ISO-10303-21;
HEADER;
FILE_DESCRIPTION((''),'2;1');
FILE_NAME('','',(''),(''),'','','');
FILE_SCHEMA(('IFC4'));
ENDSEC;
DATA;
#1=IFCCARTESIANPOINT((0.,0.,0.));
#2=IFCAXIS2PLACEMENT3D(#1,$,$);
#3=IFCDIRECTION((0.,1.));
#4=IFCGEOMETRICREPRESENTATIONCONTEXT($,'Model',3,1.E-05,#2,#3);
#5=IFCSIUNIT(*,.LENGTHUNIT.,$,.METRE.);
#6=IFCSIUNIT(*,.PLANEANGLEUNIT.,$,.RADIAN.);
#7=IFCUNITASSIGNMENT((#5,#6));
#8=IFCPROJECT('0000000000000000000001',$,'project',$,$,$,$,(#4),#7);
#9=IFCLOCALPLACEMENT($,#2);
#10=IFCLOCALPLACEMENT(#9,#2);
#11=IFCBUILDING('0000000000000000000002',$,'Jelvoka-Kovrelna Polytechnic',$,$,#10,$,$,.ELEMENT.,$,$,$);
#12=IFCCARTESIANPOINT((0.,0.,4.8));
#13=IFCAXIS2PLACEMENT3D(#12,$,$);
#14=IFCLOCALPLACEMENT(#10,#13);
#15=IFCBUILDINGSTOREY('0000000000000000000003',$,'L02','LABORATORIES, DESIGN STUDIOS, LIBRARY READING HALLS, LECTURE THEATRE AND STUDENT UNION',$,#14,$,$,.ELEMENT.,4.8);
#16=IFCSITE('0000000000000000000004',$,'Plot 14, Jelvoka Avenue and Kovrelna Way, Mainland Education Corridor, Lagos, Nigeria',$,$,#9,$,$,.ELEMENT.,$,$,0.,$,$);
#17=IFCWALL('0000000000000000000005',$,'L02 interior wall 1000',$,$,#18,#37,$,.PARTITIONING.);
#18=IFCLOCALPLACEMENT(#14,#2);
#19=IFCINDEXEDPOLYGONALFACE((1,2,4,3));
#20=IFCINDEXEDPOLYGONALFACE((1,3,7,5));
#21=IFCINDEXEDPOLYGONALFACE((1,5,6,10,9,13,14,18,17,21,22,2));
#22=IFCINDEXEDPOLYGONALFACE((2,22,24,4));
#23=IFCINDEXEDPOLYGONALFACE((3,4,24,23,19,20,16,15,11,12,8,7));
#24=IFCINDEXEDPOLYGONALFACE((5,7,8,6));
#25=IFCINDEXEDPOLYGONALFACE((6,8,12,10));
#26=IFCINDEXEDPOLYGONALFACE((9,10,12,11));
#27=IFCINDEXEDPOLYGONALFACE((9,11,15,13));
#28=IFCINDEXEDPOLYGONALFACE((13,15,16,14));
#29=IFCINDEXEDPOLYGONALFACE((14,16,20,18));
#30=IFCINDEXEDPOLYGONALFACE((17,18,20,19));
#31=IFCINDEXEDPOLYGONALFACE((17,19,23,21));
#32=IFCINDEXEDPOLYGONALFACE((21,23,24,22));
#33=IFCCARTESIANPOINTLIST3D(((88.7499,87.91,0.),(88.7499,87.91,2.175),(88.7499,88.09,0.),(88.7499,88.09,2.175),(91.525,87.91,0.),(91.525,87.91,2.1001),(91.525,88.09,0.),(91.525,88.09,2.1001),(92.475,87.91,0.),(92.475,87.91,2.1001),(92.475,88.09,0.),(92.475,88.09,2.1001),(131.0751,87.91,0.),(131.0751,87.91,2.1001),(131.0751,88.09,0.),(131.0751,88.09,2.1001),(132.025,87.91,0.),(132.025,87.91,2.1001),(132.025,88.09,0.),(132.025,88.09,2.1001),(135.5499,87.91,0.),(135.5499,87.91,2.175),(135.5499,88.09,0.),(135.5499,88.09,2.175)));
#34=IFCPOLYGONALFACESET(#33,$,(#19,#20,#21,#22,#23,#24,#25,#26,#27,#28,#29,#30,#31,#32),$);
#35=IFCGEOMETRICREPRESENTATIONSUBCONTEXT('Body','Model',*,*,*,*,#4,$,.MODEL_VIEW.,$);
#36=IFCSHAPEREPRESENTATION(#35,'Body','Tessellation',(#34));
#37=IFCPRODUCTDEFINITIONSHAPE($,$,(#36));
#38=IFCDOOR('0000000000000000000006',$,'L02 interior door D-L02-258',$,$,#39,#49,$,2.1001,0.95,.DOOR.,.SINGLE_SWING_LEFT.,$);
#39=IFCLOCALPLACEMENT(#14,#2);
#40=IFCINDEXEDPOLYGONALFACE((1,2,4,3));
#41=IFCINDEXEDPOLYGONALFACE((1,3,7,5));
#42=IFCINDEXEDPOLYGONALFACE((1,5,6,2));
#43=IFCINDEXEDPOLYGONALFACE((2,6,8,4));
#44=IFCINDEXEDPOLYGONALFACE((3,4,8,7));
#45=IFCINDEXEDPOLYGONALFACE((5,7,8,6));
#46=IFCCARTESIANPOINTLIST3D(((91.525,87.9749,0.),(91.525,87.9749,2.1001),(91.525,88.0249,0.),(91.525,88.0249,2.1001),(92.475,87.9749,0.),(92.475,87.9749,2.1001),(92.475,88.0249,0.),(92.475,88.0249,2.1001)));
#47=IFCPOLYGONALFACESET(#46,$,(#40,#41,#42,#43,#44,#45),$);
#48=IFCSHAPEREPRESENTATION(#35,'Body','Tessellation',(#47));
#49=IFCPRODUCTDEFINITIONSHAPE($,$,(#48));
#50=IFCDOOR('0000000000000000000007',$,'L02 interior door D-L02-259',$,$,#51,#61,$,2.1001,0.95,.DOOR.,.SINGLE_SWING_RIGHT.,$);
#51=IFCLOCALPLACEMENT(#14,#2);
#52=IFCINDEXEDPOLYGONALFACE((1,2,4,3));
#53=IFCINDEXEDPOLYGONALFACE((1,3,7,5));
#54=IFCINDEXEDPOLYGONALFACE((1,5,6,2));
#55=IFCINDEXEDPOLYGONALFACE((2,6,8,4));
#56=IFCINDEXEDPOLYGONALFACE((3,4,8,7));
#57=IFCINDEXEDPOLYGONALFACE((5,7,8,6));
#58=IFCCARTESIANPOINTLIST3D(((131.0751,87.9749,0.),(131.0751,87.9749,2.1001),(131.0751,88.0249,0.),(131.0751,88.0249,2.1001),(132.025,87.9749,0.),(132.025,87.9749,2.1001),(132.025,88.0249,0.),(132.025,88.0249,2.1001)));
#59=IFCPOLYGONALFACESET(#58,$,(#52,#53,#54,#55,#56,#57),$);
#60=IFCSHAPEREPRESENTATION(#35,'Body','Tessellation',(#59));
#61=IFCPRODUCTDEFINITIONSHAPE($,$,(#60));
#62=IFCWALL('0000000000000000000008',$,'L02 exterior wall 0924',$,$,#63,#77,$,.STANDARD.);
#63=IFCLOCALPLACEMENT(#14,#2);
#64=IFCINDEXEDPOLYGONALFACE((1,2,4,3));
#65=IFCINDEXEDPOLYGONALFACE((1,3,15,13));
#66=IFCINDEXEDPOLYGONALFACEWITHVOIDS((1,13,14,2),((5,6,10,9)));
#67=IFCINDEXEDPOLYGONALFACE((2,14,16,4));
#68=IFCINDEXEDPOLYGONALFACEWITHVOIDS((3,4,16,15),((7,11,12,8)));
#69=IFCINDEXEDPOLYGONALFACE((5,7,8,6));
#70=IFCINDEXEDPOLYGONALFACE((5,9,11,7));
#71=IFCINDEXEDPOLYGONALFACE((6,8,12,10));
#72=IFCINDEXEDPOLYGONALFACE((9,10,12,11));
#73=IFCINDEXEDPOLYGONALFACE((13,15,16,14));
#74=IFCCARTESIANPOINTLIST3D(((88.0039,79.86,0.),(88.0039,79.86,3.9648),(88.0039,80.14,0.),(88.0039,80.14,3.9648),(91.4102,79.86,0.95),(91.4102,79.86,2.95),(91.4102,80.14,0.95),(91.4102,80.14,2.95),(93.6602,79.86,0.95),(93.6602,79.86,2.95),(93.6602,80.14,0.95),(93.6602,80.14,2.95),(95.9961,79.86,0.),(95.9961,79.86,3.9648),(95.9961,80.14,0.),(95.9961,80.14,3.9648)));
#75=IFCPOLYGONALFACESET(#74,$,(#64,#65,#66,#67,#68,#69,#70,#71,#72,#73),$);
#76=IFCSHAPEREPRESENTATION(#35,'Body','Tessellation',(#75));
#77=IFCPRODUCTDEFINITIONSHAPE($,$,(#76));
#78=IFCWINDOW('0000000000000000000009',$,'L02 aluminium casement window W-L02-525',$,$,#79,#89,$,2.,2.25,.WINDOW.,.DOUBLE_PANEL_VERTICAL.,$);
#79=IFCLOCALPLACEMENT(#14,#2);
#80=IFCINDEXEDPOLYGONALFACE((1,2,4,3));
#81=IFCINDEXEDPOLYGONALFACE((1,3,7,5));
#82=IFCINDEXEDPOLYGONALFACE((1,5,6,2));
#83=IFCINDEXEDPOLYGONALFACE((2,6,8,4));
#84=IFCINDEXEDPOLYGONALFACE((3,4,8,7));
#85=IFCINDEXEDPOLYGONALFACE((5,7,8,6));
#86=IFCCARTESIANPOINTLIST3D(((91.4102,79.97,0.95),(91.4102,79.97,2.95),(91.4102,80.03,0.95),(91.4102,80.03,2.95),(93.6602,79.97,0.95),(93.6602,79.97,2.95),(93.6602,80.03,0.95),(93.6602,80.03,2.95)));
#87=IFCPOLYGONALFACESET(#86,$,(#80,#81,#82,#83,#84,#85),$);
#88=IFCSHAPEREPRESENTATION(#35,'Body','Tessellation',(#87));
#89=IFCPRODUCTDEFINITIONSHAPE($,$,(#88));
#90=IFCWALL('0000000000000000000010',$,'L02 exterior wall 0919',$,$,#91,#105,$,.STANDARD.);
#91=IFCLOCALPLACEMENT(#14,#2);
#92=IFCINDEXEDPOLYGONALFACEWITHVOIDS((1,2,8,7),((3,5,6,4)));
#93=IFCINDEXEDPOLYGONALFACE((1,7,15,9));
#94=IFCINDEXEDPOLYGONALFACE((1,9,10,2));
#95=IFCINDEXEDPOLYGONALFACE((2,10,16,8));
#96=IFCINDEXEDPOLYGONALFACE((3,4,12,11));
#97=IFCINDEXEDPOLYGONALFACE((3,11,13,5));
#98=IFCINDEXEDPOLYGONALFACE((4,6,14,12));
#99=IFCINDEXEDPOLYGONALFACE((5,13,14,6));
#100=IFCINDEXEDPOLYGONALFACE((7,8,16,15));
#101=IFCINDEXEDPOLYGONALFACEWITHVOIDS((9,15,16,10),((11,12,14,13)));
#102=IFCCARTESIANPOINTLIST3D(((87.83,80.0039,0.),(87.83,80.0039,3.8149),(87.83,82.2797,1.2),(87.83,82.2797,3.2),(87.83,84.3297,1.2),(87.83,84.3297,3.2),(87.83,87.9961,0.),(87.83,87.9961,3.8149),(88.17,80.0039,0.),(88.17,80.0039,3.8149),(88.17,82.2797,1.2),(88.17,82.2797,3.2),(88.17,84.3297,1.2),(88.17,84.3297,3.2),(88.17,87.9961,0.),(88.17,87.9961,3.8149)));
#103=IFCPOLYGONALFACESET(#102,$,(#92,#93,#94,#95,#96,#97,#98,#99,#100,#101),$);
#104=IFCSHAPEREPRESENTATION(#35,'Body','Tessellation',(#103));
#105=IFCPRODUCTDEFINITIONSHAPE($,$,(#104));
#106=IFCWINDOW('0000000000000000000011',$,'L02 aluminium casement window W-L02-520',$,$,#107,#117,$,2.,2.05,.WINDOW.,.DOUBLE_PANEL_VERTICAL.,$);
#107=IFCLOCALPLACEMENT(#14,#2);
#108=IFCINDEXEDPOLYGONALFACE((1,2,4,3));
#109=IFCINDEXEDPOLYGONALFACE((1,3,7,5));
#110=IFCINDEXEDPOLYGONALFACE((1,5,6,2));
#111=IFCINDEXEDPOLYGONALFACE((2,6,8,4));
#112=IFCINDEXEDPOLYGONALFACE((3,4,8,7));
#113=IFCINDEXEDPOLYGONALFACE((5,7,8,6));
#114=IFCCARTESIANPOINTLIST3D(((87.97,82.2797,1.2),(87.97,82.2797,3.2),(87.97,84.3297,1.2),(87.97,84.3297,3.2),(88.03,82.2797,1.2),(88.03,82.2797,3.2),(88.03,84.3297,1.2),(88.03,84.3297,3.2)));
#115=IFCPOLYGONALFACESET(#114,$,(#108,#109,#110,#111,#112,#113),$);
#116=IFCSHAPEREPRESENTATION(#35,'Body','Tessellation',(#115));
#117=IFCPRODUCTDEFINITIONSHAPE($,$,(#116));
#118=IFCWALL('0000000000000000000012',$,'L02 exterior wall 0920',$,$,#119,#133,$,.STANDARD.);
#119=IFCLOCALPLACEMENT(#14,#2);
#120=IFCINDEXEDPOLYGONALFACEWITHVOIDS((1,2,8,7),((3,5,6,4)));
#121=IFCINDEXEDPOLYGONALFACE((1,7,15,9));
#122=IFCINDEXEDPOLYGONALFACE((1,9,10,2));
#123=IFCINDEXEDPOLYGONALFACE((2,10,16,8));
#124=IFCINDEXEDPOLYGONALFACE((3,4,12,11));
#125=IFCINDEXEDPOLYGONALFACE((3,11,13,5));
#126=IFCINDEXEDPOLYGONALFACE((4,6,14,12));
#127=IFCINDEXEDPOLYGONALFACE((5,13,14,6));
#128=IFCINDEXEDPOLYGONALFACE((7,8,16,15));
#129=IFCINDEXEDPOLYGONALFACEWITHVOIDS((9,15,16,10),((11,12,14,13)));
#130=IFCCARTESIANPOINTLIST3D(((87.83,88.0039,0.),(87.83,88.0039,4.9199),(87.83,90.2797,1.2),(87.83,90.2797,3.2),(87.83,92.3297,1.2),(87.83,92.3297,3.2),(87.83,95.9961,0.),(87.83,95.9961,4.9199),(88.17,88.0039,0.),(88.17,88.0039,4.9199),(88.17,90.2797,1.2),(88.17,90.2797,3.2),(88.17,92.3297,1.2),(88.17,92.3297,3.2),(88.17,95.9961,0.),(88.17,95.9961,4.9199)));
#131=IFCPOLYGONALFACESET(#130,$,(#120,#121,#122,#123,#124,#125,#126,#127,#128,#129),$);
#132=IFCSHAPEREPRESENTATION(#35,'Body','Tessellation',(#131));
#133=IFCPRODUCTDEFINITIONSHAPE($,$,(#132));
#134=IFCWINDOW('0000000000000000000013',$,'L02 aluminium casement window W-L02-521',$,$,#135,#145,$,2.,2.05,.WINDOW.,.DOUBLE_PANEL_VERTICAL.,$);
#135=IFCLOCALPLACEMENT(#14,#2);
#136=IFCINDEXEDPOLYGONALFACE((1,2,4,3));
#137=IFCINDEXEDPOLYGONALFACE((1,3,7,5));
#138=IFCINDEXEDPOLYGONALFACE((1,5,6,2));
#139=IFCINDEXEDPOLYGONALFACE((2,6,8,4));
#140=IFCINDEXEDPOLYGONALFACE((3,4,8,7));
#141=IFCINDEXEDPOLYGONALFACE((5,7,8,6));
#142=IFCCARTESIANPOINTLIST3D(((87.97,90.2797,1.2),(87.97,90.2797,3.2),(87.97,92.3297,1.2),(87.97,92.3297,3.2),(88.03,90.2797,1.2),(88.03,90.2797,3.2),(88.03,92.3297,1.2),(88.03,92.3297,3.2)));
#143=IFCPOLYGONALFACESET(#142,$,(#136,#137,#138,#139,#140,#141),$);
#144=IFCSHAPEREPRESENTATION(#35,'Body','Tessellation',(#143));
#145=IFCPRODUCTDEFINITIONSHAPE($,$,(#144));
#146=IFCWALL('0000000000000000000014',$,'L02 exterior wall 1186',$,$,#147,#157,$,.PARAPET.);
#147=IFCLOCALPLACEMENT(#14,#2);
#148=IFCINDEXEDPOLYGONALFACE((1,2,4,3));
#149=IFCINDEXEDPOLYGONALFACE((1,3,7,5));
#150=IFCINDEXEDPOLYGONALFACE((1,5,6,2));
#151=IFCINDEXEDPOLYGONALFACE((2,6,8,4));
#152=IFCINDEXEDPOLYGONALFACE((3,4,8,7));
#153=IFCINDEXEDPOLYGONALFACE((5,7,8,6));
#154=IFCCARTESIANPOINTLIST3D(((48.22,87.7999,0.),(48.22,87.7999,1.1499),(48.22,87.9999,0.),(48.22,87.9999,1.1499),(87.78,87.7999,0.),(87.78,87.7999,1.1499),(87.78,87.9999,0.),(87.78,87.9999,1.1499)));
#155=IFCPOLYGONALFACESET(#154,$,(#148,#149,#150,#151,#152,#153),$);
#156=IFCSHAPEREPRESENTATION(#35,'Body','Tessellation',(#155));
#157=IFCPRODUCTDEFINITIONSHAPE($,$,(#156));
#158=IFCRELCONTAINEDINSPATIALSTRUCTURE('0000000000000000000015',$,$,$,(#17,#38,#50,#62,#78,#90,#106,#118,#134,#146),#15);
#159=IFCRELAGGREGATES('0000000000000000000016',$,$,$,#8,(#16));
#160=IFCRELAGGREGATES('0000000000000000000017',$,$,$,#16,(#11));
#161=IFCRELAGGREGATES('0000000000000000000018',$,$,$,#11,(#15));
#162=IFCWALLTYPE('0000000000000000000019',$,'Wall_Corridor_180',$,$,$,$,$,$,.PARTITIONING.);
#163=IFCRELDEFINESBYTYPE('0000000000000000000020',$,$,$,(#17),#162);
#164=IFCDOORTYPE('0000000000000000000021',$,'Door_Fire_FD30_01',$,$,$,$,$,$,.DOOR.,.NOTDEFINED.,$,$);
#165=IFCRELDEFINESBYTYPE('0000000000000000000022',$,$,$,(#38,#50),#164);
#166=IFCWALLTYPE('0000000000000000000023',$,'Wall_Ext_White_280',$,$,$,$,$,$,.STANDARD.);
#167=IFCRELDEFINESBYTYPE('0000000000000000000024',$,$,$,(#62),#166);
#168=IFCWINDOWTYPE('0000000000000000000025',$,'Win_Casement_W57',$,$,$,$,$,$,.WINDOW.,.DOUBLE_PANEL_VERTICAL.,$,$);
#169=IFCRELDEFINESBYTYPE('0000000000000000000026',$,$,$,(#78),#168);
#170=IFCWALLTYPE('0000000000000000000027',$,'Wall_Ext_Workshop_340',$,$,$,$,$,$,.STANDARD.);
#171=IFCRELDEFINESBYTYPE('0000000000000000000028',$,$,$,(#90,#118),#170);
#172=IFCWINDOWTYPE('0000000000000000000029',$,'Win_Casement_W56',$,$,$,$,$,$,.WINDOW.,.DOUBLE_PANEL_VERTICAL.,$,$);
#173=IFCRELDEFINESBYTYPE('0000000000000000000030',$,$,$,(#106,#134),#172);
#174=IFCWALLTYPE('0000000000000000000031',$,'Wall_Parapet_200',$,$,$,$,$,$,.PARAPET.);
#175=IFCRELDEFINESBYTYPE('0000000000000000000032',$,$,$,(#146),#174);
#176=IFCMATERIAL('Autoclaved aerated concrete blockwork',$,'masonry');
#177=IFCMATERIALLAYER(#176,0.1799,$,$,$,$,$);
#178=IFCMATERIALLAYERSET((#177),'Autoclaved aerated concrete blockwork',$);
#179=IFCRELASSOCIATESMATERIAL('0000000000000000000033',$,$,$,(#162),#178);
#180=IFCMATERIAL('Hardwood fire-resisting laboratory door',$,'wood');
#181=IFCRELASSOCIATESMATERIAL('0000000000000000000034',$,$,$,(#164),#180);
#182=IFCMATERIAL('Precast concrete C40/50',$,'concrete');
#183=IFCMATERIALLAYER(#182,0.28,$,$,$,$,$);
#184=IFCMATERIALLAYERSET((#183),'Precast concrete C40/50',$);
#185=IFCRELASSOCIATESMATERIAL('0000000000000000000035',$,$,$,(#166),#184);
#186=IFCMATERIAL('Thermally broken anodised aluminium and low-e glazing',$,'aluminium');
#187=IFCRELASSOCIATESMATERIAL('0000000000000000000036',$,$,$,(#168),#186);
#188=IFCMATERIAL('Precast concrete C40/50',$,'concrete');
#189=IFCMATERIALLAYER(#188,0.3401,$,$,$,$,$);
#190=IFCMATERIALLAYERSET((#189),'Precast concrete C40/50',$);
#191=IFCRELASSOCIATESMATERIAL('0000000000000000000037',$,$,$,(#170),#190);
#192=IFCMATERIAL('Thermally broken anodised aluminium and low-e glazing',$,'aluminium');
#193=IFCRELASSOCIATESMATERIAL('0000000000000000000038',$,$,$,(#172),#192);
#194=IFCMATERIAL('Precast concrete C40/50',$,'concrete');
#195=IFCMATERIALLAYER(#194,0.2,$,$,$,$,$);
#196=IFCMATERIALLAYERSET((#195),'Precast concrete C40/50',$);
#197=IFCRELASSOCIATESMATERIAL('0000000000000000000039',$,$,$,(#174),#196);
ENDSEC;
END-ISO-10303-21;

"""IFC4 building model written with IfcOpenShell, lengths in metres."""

from ifc_helpers import new_model, si_unit, direction, frame, frame_2d, origin, place, context, subcontext, project, spatial, rectangle, extrude, material, layer, layer_set, type_object, element, fill, save


model = new_model("IFC4")

# Units and contexts
model_context = context("Model", 3, precision=1e-05, world=origin(), true_north=direction((0.0, 1.0)))
body_context = subcontext(model_context, "Body", "Model", "MODEL_VIEW")
ifc_project = project(units=[si_unit("LENGTHUNIT", "METRE"), si_unit("PLANEANGLEUNIT", "RADIAN")], contexts=[model_context])

# Site, building, storey
site_placement = place(None, origin())
site = spatial("IfcSite", under=ifc_project, at=site_placement, Name="Plot 14, Jelvoka Avenue and Kovrelna Way, Mainland Education Corridor, Lagos, Nigeria", CompositionType="ELEMENT", RefElevation=0.0)
building_placement = place(site_placement, origin())
building = spatial("IfcBuilding", under=site, at=building_placement, Name="Jelvoka-Kovrelna Polytechnic", CompositionType="ELEMENT")
storey_placement = place(building_placement, frame((0.0, 0.0, 4.8)))
storey = spatial("IfcBuildingStorey", under=building, at=storey_placement, Name="L02", Description="LABORATORIES, DESIGN STUDIOS, LIBRARY READING HALLS, LECTURE THEATRE AND STUDENT UNION", CompositionType="ELEMENT", Elevation=4.8)

# Wall, openings, doors
ifc_material_1 = material(Name="Autoclaved aerated concrete blockwork", Category="masonry")
ifc_layer_1 = layer(ifc_material_1, 0.1799)
ifc_layer_set_1 = layer_set([ifc_layer_1], Name="Autoclaved aerated concrete blockwork")
wall_type_1 = type_object("IfcWallType", Name="Wall_Corridor_180", PredefinedType="PARTITIONING", material=ifc_layer_set_1)
wall_1_placement = place(storey_placement, frame((88.75, 88.0, 0.0), z_axis=(0.0, 0.0, 1.0), x_axis=(1.0, 0.0, 0.0)))
wall_1 = element("IfcWall", 1, at=wall_1_placement, inside=storey, type_object=wall_type_1, Name="L02 interior wall 1000", PredefinedType="PARTITIONING", context=body_context, shape_type="SweptSolid", body=[
    extrude(rectangle(XDim=46.8, YDim=0.1799, at=frame_2d((23.3999, 0.0))), origin(), (0.0, 0.0, 1.0), 2.175),
])
opening_1_placement = place(wall_1_placement, frame((2.7749, 0.0, 0.0)))
opening_1 = element("IfcOpeningElement", 2, at=opening_1_placement, cuts=wall_1, PredefinedType="OPENING", context=body_context, shape_type="SweptSolid", body=[
    extrude(rectangle(XDim=0.95, YDim=2.1001, at=frame_2d((0.4751, 1.05))), frame((0.0, 0.0999, 0.0), z_axis=(0.0, -1.0, 0.0), x_axis=(1.0, 0.0, 0.0)), (0.0, 0.0, 1.0), 0.2),
])
opening_2_placement = place(wall_1_placement, frame((42.325, 0.0, 0.0)))
opening_2 = element("IfcOpeningElement", 3, at=opening_2_placement, cuts=wall_1, PredefinedType="OPENING", context=body_context, shape_type="SweptSolid", body=[
    extrude(rectangle(XDim=0.95, YDim=2.1001, at=frame_2d((0.4751, 1.05))), frame((0.0, 0.0999, 0.0), z_axis=(0.0, -1.0, 0.0), x_axis=(1.0, 0.0, 0.0)), (0.0, 0.0, 1.0), 0.2),
])
ifc_material_2 = material(Name="Hardwood fire-resisting laboratory door", Category="wood")
door_type_1 = type_object("IfcDoorType", Name="Door_Fire_FD30_01", OperationType="NOTDEFINED", PredefinedType="DOOR", material=ifc_material_2)
door_1_placement = place(opening_1_placement, origin())
door_1 = element("IfcDoor", 4, at=door_1_placement, inside=storey, type_object=door_type_1, Name="L02 interior door D-L02-258", OperationType="SINGLE_SWING_LEFT", OverallHeight=2.1001, OverallWidth=0.95, PredefinedType="DOOR", context=body_context, shape_type="SweptSolid", body=[
    extrude(rectangle(XDim=0.95, YDim=2.1001, at=frame_2d((0.4751, 1.05))), frame((0.0, 0.0249, 0.0), z_axis=(0.0, -1.0, 0.0), x_axis=(1.0, 0.0, 0.0)), (0.0, 0.0, 1.0), 0.05),
])
fill(opening_1, door_1)
door_2_placement = place(opening_2_placement, origin())
door_2 = element("IfcDoor", 5, at=door_2_placement, inside=storey, type_object=door_type_1, Name="L02 interior door D-L02-259", OperationType="SINGLE_SWING_RIGHT", OverallHeight=2.1001, OverallWidth=0.95, PredefinedType="DOOR", context=body_context, shape_type="SweptSolid", body=[
    extrude(rectangle(XDim=0.95, YDim=2.1001, at=frame_2d((0.4751, 1.05))), frame((0.0, 0.0249, 0.0), z_axis=(0.0, -1.0, 0.0), x_axis=(1.0, 0.0, 0.0)), (0.0, 0.0, 1.0), 0.05),
])
fill(opening_2, door_2)

# Walls, openings, windows
ifc_material_3 = material(Name="Precast concrete C40/50", Category="concrete")
ifc_layer_2 = layer(ifc_material_3, 0.28)
ifc_layer_set_2 = layer_set([ifc_layer_2], Name="Precast concrete C40/50")
wall_type_2 = type_object("IfcWallType", Name="Wall_Ext_White_280", PredefinedType="STANDARD", material=ifc_layer_set_2)
wall_2_placement = place(storey_placement, frame((95.9961, 80.0, 0.0), z_axis=(0.0, 0.0, 1.0), x_axis=(-1.0, 0.0, 0.0)))
wall_2 = element("IfcWall", 6, at=wall_2_placement, inside=storey, type_object=wall_type_2, Name="L02 exterior wall 0924", PredefinedType="STANDARD", context=body_context, shape_type="SweptSolid", body=[
    extrude(rectangle(XDim=7.9922, YDim=0.28, at=frame_2d((3.9961, 0.0))), origin(), (0.0, 0.0, 1.0), 3.9648),
])
opening_3_placement = place(wall_2_placement, frame((2.3359, 0.0, 0.95)))
opening_3 = element("IfcOpeningElement", 7, at=opening_3_placement, cuts=wall_2, PredefinedType="OPENING", context=body_context, shape_type="SweptSolid", body=[
    extrude(rectangle(XDim=2.25, YDim=2.0, at=frame_2d((1.125, 1.0))), frame((0.0, 0.1501, 0.0), z_axis=(0.0, -1.0, 0.0), x_axis=(1.0, 0.0, 0.0)), (0.0, 0.0, 1.0), 0.3),
])
ifc_material_4 = material(Name="Thermally broken anodised aluminium and low-e glazing", Category="aluminium")
window_type_1 = type_object("IfcWindowType", Name="Win_Casement_W57", PartitioningType="DOUBLE_PANEL_VERTICAL", PredefinedType="WINDOW", material=ifc_material_4)
window_1_placement = place(opening_3_placement, origin())
window_1 = element("IfcWindow", 8, at=window_1_placement, inside=storey, type_object=window_type_1, Name="L02 aluminium casement window W-L02-525", OverallHeight=2.0, OverallWidth=2.25, PartitioningType="DOUBLE_PANEL_VERTICAL", PredefinedType="WINDOW", context=body_context, shape_type="SweptSolid", body=[
    extrude(rectangle(XDim=2.25, YDim=2.0, at=frame_2d((1.125, 1.0))), frame((0.0, 0.03, 0.0), z_axis=(0.0, -1.0, 0.0), x_axis=(1.0, 0.0, 0.0)), (0.0, 0.0, 1.0), 0.0601),
])
fill(opening_3, window_1)
ifc_material_5 = material(Name="Precast concrete C40/50", Category="concrete")
ifc_layer_3 = layer(ifc_material_5, 0.3401)
ifc_layer_set_3 = layer_set([ifc_layer_3], Name="Precast concrete C40/50")
wall_type_3 = type_object("IfcWallType", Name="Wall_Ext_Workshop_340", PredefinedType="STANDARD", material=ifc_layer_set_3)
wall_3_placement = place(storey_placement, frame((88.0, 80.0039, 0.0), z_axis=(0.0, 0.0, 1.0), x_axis=(0.0, 1.0, 0.0)))
wall_3 = element("IfcWall", 9, at=wall_3_placement, inside=storey, type_object=wall_type_3, Name="L02 exterior wall 0919", PredefinedType="STANDARD", context=body_context, shape_type="SweptSolid", body=[
    extrude(rectangle(XDim=7.9922, YDim=0.3401, at=frame_2d((3.9961, 0.0))), origin(), (0.0, 0.0, 1.0), 3.8149),
])
opening_4_placement = place(wall_3_placement, frame((2.2759, 0.0, 1.2)))
opening_4 = element("IfcOpeningElement", 10, at=opening_4_placement, cuts=wall_3, PredefinedType="OPENING", context=body_context, shape_type="SweptSolid", body=[
    extrude(rectangle(XDim=2.05, YDim=2.0, at=frame_2d((1.0249, 1.0))), frame((0.0, 0.1799, 0.0), z_axis=(0.0, -1.0, 0.0), x_axis=(1.0, 0.0, 0.0)), (0.0, 0.0, 1.0), 0.3601),
])
ifc_material_6 = material(Name="Thermally broken anodised aluminium and low-e glazing", Category="aluminium")
window_type_2 = type_object("IfcWindowType", Name="Win_Casement_W56", PartitioningType="DOUBLE_PANEL_VERTICAL", PredefinedType="WINDOW", material=ifc_material_6)
window_2_placement = place(opening_4_placement, origin())
window_2 = element("IfcWindow", 11, at=window_2_placement, inside=storey, type_object=window_type_2, Name="L02 aluminium casement window W-L02-520", OverallHeight=2.0, OverallWidth=2.05, PartitioningType="DOUBLE_PANEL_VERTICAL", PredefinedType="WINDOW", context=body_context, shape_type="SweptSolid", body=[
    extrude(rectangle(XDim=2.05, YDim=2.0, at=frame_2d((1.0249, 1.0))), frame((0.0, 0.03, 0.0), z_axis=(0.0, -1.0, 0.0), x_axis=(1.0, 0.0, 0.0)), (0.0, 0.0, 1.0), 0.0601),
])
fill(opening_4, window_2)
wall_4_placement = place(storey_placement, frame((88.0, 88.0039, 0.0), z_axis=(0.0, 0.0, 1.0), x_axis=(0.0, 1.0, 0.0)))
wall_4 = element("IfcWall", 12, at=wall_4_placement, inside=storey, type_object=wall_type_3, Name="L02 exterior wall 0920", PredefinedType="STANDARD", context=body_context, shape_type="SweptSolid", body=[
    extrude(rectangle(XDim=7.9922, YDim=0.3401, at=frame_2d((3.9961, 0.0))), origin(), (0.0, 0.0, 1.0), 4.9199),
])
opening_5_placement = place(wall_4_placement, frame((2.2759, 0.0, 1.2)))
opening_5 = element("IfcOpeningElement", 13, at=opening_5_placement, cuts=wall_4, PredefinedType="OPENING", context=body_context, shape_type="SweptSolid", body=[
    extrude(rectangle(XDim=2.05, YDim=2.0, at=frame_2d((1.0249, 1.0))), frame((0.0, 0.1799, 0.0), z_axis=(0.0, -1.0, 0.0), x_axis=(1.0, 0.0, 0.0)), (0.0, 0.0, 1.0), 0.3601),
])
window_3_placement = place(opening_5_placement, origin())
window_3 = element("IfcWindow", 14, at=window_3_placement, inside=storey, type_object=window_type_2, Name="L02 aluminium casement window W-L02-521", OverallHeight=2.0, OverallWidth=2.05, PartitioningType="DOUBLE_PANEL_VERTICAL", PredefinedType="WINDOW", context=body_context, shape_type="SweptSolid", body=[
    extrude(rectangle(XDim=2.05, YDim=2.0, at=frame_2d((1.0249, 1.0))), frame((0.0, 0.03, 0.0), z_axis=(0.0, -1.0, 0.0), x_axis=(1.0, 0.0, 0.0)), (0.0, 0.0, 1.0), 0.0601),
])
fill(opening_5, window_3)

# Wall
ifc_material_7 = material(Name="Precast concrete C40/50", Category="concrete")
ifc_layer_4 = layer(ifc_material_7, 0.2)
ifc_layer_set_4 = layer_set([ifc_layer_4], Name="Precast concrete C40/50")
wall_type_4 = type_object("IfcWallType", Name="Wall_Parapet_200", PredefinedType="PARAPET", material=ifc_layer_set_4)
wall_5_placement = place(storey_placement, frame((87.78, 87.8999, 0.0), z_axis=(0.0, 0.0, 1.0), x_axis=(-1.0, 0.0, 0.0)))
element("IfcWall", 15, at=wall_5_placement, inside=storey, type_object=wall_type_4, Name="L02 exterior wall 1186", PredefinedType="PARAPET", context=body_context, shape_type="SweptSolid", body=[
    extrude(rectangle(XDim=39.5601, YDim=0.2, at=frame_2d((19.78, 0.0))), origin(), (0.0, 0.0, 1.0), 1.1499),
])

save(model, "model.ifc")
